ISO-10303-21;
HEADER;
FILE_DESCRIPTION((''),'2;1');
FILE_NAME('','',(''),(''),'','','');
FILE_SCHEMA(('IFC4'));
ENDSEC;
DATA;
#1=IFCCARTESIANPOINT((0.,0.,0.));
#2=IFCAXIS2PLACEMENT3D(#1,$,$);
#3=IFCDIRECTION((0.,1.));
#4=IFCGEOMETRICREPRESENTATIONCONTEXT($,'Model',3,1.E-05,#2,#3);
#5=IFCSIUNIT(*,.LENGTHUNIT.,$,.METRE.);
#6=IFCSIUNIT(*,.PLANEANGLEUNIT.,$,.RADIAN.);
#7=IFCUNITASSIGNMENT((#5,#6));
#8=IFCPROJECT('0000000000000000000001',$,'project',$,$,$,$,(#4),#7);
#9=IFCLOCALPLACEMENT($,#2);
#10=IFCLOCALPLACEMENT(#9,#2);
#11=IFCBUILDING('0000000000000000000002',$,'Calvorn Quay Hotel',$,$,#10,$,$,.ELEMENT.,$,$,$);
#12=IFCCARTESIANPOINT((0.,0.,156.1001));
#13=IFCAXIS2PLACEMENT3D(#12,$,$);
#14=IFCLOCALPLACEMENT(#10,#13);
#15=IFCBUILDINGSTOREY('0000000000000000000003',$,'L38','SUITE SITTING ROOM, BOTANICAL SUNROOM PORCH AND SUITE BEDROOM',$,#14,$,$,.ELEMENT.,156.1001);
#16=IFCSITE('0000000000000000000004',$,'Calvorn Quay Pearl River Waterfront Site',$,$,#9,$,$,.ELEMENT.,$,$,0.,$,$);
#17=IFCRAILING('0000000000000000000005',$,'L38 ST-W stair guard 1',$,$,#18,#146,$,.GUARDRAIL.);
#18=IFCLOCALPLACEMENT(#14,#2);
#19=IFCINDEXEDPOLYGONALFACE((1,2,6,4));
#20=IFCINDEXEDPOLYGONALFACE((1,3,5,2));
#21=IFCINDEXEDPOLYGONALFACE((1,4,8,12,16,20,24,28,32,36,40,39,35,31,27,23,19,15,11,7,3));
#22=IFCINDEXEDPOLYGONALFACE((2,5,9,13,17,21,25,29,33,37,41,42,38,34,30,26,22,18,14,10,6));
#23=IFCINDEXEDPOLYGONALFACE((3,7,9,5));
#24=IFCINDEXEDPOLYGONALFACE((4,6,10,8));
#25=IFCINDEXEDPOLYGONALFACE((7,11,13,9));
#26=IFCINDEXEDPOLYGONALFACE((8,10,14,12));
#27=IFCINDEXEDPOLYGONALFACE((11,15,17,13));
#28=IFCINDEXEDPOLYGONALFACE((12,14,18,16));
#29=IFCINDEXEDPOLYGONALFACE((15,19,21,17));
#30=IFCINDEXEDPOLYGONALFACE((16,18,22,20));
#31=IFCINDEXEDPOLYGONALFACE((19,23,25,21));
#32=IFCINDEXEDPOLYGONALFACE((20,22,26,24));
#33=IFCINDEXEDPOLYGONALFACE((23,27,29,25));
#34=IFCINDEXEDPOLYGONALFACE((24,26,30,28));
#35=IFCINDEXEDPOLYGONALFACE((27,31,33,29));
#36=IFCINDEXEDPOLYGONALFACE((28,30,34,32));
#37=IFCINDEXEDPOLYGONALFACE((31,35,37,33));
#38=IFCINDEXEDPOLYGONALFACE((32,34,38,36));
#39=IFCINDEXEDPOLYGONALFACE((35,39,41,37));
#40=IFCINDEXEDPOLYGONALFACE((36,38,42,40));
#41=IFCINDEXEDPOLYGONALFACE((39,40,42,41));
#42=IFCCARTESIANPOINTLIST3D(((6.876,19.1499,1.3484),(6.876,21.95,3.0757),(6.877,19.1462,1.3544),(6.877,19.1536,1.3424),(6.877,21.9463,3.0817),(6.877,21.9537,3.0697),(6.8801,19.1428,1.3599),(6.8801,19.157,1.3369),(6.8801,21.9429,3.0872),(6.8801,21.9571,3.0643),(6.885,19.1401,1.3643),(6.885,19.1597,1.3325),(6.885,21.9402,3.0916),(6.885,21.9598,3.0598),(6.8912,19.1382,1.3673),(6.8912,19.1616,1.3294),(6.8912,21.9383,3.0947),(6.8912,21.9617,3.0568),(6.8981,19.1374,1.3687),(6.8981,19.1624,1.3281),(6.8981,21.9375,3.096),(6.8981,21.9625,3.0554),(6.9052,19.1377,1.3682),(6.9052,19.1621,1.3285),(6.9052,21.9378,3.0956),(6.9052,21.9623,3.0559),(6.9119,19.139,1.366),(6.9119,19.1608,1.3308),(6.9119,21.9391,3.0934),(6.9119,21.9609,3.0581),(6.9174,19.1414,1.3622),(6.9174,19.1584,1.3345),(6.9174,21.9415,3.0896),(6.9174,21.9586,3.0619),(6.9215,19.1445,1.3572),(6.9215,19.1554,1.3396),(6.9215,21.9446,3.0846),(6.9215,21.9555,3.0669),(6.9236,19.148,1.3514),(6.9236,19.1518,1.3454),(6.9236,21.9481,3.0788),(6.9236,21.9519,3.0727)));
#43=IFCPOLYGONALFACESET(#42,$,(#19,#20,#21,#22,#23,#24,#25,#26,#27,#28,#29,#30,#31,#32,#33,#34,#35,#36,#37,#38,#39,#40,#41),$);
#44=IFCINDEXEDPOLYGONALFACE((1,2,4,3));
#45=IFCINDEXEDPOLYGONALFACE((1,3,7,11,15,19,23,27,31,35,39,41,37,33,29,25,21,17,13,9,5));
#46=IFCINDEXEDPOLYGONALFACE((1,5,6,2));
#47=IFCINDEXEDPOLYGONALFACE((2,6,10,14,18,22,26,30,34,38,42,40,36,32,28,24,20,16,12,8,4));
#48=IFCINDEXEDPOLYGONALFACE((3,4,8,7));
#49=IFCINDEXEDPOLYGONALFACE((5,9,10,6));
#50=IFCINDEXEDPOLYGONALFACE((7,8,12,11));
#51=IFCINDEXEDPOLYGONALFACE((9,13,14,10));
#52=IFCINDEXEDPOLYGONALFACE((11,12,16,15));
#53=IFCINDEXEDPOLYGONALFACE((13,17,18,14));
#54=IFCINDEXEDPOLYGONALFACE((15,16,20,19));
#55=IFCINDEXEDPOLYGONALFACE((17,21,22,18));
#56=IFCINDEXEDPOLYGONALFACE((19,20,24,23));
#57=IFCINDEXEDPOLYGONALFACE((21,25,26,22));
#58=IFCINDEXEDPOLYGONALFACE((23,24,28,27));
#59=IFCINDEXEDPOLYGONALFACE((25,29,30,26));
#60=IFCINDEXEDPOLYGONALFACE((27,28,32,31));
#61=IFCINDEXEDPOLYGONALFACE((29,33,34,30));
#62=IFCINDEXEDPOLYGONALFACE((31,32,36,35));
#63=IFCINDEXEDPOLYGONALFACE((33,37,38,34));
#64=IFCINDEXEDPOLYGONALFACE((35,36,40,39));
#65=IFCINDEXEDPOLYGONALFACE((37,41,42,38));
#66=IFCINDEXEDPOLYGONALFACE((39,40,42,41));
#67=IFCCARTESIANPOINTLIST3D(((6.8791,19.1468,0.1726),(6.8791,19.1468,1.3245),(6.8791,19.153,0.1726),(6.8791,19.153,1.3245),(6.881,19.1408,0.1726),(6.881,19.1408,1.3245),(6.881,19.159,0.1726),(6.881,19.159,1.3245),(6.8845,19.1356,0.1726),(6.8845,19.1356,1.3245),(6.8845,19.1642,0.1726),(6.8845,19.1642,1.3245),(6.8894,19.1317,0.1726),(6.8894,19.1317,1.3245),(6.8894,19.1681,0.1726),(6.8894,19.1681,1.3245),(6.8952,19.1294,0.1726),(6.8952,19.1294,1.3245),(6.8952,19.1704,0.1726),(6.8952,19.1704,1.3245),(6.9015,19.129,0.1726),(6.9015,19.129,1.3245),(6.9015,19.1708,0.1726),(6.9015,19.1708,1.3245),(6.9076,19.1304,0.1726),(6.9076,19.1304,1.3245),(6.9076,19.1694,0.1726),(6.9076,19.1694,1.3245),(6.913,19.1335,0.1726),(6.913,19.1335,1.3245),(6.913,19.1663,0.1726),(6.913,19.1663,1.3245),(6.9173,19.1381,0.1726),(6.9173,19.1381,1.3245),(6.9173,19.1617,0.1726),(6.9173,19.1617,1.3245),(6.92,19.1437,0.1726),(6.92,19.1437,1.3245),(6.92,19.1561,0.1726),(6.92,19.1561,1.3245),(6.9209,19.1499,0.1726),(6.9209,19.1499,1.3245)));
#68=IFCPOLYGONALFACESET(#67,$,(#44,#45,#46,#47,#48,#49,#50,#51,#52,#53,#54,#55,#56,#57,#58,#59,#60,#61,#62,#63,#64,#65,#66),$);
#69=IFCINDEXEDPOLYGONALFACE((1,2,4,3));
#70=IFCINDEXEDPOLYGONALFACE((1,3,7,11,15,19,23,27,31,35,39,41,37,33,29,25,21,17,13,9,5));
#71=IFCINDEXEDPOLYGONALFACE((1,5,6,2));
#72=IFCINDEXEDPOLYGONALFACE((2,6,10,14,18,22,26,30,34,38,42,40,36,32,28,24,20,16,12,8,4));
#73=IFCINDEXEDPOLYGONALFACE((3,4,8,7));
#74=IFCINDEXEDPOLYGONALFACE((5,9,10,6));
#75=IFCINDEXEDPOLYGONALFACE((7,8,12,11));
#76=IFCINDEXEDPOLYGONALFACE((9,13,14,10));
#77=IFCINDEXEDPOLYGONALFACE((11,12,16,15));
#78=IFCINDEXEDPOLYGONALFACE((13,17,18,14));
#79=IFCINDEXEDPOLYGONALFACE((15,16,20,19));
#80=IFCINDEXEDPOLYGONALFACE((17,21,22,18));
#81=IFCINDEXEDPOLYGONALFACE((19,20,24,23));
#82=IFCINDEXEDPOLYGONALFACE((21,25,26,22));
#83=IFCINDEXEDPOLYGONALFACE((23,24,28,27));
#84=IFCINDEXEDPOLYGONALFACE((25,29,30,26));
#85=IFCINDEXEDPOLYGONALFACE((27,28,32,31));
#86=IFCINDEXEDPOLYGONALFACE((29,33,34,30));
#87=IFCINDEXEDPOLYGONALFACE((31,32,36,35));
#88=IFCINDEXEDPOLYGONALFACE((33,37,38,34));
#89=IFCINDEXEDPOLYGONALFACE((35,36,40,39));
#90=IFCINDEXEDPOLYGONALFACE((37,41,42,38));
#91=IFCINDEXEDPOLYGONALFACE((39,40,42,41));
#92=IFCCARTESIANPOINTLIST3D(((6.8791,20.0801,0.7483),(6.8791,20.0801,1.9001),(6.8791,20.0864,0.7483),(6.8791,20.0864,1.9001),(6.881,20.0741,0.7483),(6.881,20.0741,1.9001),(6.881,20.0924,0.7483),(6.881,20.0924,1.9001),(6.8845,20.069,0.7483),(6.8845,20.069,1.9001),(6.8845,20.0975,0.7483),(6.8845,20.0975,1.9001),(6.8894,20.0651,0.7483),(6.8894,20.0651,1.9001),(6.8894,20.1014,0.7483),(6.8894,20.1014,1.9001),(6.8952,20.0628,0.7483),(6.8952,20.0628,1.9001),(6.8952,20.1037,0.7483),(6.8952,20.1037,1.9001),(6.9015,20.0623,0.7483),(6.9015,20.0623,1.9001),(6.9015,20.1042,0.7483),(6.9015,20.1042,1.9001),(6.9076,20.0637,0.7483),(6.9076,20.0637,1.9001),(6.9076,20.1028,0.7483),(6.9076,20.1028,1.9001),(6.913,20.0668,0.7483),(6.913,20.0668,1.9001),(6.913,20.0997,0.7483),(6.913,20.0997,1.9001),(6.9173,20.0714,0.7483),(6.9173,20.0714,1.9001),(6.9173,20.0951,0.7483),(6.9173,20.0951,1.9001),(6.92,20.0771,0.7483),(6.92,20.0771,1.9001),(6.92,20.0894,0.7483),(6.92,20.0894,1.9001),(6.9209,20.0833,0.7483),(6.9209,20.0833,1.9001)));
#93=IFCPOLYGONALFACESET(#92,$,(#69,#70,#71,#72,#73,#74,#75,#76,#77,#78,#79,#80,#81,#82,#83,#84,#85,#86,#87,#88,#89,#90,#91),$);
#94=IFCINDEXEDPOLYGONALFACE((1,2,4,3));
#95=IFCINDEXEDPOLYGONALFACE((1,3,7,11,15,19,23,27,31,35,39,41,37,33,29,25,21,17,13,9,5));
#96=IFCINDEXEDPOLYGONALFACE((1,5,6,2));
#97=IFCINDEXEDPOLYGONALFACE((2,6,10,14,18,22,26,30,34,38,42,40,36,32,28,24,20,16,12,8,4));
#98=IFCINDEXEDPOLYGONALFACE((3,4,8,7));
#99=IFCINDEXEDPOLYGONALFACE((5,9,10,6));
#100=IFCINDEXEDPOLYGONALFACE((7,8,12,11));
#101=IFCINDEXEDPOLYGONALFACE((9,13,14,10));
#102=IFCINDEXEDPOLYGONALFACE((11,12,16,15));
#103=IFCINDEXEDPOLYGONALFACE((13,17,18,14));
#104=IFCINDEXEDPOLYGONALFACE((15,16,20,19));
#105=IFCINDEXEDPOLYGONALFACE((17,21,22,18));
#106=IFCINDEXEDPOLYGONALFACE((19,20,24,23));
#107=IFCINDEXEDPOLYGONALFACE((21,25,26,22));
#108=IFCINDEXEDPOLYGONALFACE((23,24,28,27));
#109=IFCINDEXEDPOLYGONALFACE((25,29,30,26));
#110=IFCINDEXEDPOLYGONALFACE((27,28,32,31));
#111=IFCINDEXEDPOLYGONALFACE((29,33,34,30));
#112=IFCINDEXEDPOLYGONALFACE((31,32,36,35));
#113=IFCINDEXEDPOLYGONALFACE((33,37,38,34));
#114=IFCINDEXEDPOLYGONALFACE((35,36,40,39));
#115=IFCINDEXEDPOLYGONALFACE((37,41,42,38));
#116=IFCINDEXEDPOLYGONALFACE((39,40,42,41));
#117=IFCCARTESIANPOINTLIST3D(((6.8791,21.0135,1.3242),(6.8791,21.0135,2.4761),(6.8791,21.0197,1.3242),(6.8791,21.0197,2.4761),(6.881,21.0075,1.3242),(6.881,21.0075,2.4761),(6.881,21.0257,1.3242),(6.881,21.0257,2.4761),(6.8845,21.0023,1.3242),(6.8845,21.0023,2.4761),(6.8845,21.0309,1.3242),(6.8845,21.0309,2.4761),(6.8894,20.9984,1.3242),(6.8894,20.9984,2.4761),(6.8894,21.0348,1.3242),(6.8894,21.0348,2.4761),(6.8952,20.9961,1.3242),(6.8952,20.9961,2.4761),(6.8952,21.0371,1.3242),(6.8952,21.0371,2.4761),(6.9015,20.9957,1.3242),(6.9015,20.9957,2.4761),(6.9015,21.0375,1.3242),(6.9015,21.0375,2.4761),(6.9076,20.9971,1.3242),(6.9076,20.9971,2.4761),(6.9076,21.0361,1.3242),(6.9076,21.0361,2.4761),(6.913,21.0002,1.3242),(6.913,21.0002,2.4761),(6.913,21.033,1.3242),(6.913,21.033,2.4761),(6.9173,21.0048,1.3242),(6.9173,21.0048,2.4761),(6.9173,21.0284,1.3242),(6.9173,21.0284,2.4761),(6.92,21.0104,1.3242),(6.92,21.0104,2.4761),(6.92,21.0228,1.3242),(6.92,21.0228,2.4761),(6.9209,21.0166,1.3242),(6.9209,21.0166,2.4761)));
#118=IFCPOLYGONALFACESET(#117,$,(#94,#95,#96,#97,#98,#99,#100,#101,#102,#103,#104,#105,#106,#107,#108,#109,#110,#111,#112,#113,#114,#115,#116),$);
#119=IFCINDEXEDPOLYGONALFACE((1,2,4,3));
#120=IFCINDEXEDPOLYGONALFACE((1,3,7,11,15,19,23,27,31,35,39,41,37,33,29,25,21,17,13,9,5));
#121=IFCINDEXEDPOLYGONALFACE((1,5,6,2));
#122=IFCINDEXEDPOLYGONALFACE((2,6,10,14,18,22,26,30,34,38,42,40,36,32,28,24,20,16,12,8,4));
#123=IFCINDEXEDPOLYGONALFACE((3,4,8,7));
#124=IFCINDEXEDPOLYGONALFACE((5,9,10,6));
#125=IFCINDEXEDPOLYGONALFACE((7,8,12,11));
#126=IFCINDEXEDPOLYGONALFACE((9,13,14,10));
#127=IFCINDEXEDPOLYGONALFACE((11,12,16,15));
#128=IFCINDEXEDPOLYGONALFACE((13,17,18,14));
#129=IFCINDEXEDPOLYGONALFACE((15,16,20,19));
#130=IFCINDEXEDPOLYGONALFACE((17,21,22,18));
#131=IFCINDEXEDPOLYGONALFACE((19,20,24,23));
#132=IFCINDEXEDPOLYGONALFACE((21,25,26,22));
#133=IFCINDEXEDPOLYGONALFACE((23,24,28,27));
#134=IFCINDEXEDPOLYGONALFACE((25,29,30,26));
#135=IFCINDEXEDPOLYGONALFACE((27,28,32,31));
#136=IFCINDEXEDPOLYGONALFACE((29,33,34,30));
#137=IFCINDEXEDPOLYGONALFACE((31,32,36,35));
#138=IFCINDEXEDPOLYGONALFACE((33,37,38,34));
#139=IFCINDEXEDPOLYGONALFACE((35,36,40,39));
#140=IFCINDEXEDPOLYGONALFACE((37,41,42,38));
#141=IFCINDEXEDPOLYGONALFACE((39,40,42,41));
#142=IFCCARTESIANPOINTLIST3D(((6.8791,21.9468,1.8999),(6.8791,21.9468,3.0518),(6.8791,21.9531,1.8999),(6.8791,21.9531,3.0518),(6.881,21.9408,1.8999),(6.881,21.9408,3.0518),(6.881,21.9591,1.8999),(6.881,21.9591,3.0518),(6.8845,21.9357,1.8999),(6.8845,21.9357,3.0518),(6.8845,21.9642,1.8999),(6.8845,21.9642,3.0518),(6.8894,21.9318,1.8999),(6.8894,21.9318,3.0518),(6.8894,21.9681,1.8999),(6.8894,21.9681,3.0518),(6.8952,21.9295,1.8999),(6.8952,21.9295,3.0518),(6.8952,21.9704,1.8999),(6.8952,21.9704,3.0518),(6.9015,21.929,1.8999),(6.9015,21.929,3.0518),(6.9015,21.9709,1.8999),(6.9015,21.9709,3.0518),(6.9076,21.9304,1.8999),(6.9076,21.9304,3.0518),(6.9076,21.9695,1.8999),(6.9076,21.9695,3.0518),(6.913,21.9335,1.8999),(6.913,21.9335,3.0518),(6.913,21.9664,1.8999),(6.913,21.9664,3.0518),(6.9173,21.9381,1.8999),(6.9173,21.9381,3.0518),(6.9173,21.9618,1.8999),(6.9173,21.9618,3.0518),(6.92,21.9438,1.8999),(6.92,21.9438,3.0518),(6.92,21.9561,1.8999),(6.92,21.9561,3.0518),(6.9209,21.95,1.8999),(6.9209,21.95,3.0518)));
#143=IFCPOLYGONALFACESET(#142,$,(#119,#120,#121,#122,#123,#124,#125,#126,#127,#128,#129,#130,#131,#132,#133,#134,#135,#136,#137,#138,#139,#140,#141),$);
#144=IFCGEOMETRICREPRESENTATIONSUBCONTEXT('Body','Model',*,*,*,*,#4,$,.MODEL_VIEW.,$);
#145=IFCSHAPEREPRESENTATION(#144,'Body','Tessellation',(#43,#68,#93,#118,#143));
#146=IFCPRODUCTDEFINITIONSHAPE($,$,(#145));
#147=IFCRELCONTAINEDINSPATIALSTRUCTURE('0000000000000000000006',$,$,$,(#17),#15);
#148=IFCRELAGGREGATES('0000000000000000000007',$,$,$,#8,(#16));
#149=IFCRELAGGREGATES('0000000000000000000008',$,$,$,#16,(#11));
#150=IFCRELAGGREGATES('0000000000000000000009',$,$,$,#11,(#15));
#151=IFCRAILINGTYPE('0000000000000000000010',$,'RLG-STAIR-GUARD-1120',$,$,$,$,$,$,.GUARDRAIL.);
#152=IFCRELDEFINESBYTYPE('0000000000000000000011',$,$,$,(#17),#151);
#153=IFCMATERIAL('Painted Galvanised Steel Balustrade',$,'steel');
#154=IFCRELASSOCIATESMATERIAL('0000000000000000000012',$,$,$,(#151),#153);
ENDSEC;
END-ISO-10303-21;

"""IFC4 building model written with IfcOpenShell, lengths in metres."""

from ifc_helpers import new_model, si_unit, direction, frame, origin, origin_2d, place, context, subcontext, project, spatial, circle, extrude, material, type_object, element, save


model = new_model("IFC4")

# Units and contexts
model_context = context("Model", 3, precision=1e-05, world=origin(), true_north=direction((0.0, 1.0)))
body_context = subcontext(model_context, "Body", "Model", "MODEL_VIEW")
ifc_project = project(units=[si_unit("LENGTHUNIT", "METRE"), si_unit("PLANEANGLEUNIT", "RADIAN")], contexts=[model_context])

# Site, building, storey
site_placement = place(None, origin())
site = spatial("IfcSite", under=ifc_project, at=site_placement, Name="Calvorn Quay Pearl River Waterfront Site", CompositionType="ELEMENT", RefElevation=0.0)
building_placement = place(site_placement, origin())
building = spatial("IfcBuilding", under=site, at=building_placement, Name="Calvorn Quay Hotel", CompositionType="ELEMENT")
storey_placement = place(building_placement, frame((0.0, 0.0, 156.1001)))
storey = spatial("IfcBuildingStorey", under=building, at=storey_placement, Name="L38", Description="SUITE SITTING ROOM, BOTANICAL SUNROOM PORCH AND SUITE BEDROOM", CompositionType="ELEMENT", Elevation=156.1001)

# Railing
ifc_material_1 = material(Name="Painted Galvanised Steel Balustrade", Category="steel")
railing_type_1 = type_object("IfcRailingType", Name="RLG-STAIR-GUARD-1120", PredefinedType="GUARDRAIL", material=ifc_material_1)
railing_1_placement = place(storey_placement, frame((6.8999, 19.1499, 0.1726)))
element("IfcRailing", 1, at=railing_1_placement, inside=storey, type_object=railing_type_1, Name="L38 ST-W stair guard 1", PredefinedType="GUARDRAIL", context=body_context, shape_type="SweptSolid", body=[
    extrude(circle(Radius=0.0239, at=origin_2d()), frame((0.0, 0.0, 1.1758), z_axis=(0.0, 0.85109, 0.52502), x_axis=(-1.0, 0.0, 0.0)), (0.0, 0.0, 1.0), 3.29),
    extrude(circle(Radius=0.021, at=origin_2d()), origin(), (0.0, 0.0, 1.0), 1.1519),
    extrude(circle(Radius=0.021, at=origin_2d()), frame((0.0, 0.9333, 0.5757)), (0.0, 0.0, 1.0), 1.1519),
    extrude(circle(Radius=0.021, at=origin_2d()), frame((0.0, 1.8667, 1.1516)), (0.0, 0.0, 1.0), 1.1519),
    extrude(circle(Radius=0.021, at=origin_2d()), frame((0.0, 2.8, 1.7273)), (0.0, 0.0, 1.0), 1.1519),
])

save(model, "model.ifc")
